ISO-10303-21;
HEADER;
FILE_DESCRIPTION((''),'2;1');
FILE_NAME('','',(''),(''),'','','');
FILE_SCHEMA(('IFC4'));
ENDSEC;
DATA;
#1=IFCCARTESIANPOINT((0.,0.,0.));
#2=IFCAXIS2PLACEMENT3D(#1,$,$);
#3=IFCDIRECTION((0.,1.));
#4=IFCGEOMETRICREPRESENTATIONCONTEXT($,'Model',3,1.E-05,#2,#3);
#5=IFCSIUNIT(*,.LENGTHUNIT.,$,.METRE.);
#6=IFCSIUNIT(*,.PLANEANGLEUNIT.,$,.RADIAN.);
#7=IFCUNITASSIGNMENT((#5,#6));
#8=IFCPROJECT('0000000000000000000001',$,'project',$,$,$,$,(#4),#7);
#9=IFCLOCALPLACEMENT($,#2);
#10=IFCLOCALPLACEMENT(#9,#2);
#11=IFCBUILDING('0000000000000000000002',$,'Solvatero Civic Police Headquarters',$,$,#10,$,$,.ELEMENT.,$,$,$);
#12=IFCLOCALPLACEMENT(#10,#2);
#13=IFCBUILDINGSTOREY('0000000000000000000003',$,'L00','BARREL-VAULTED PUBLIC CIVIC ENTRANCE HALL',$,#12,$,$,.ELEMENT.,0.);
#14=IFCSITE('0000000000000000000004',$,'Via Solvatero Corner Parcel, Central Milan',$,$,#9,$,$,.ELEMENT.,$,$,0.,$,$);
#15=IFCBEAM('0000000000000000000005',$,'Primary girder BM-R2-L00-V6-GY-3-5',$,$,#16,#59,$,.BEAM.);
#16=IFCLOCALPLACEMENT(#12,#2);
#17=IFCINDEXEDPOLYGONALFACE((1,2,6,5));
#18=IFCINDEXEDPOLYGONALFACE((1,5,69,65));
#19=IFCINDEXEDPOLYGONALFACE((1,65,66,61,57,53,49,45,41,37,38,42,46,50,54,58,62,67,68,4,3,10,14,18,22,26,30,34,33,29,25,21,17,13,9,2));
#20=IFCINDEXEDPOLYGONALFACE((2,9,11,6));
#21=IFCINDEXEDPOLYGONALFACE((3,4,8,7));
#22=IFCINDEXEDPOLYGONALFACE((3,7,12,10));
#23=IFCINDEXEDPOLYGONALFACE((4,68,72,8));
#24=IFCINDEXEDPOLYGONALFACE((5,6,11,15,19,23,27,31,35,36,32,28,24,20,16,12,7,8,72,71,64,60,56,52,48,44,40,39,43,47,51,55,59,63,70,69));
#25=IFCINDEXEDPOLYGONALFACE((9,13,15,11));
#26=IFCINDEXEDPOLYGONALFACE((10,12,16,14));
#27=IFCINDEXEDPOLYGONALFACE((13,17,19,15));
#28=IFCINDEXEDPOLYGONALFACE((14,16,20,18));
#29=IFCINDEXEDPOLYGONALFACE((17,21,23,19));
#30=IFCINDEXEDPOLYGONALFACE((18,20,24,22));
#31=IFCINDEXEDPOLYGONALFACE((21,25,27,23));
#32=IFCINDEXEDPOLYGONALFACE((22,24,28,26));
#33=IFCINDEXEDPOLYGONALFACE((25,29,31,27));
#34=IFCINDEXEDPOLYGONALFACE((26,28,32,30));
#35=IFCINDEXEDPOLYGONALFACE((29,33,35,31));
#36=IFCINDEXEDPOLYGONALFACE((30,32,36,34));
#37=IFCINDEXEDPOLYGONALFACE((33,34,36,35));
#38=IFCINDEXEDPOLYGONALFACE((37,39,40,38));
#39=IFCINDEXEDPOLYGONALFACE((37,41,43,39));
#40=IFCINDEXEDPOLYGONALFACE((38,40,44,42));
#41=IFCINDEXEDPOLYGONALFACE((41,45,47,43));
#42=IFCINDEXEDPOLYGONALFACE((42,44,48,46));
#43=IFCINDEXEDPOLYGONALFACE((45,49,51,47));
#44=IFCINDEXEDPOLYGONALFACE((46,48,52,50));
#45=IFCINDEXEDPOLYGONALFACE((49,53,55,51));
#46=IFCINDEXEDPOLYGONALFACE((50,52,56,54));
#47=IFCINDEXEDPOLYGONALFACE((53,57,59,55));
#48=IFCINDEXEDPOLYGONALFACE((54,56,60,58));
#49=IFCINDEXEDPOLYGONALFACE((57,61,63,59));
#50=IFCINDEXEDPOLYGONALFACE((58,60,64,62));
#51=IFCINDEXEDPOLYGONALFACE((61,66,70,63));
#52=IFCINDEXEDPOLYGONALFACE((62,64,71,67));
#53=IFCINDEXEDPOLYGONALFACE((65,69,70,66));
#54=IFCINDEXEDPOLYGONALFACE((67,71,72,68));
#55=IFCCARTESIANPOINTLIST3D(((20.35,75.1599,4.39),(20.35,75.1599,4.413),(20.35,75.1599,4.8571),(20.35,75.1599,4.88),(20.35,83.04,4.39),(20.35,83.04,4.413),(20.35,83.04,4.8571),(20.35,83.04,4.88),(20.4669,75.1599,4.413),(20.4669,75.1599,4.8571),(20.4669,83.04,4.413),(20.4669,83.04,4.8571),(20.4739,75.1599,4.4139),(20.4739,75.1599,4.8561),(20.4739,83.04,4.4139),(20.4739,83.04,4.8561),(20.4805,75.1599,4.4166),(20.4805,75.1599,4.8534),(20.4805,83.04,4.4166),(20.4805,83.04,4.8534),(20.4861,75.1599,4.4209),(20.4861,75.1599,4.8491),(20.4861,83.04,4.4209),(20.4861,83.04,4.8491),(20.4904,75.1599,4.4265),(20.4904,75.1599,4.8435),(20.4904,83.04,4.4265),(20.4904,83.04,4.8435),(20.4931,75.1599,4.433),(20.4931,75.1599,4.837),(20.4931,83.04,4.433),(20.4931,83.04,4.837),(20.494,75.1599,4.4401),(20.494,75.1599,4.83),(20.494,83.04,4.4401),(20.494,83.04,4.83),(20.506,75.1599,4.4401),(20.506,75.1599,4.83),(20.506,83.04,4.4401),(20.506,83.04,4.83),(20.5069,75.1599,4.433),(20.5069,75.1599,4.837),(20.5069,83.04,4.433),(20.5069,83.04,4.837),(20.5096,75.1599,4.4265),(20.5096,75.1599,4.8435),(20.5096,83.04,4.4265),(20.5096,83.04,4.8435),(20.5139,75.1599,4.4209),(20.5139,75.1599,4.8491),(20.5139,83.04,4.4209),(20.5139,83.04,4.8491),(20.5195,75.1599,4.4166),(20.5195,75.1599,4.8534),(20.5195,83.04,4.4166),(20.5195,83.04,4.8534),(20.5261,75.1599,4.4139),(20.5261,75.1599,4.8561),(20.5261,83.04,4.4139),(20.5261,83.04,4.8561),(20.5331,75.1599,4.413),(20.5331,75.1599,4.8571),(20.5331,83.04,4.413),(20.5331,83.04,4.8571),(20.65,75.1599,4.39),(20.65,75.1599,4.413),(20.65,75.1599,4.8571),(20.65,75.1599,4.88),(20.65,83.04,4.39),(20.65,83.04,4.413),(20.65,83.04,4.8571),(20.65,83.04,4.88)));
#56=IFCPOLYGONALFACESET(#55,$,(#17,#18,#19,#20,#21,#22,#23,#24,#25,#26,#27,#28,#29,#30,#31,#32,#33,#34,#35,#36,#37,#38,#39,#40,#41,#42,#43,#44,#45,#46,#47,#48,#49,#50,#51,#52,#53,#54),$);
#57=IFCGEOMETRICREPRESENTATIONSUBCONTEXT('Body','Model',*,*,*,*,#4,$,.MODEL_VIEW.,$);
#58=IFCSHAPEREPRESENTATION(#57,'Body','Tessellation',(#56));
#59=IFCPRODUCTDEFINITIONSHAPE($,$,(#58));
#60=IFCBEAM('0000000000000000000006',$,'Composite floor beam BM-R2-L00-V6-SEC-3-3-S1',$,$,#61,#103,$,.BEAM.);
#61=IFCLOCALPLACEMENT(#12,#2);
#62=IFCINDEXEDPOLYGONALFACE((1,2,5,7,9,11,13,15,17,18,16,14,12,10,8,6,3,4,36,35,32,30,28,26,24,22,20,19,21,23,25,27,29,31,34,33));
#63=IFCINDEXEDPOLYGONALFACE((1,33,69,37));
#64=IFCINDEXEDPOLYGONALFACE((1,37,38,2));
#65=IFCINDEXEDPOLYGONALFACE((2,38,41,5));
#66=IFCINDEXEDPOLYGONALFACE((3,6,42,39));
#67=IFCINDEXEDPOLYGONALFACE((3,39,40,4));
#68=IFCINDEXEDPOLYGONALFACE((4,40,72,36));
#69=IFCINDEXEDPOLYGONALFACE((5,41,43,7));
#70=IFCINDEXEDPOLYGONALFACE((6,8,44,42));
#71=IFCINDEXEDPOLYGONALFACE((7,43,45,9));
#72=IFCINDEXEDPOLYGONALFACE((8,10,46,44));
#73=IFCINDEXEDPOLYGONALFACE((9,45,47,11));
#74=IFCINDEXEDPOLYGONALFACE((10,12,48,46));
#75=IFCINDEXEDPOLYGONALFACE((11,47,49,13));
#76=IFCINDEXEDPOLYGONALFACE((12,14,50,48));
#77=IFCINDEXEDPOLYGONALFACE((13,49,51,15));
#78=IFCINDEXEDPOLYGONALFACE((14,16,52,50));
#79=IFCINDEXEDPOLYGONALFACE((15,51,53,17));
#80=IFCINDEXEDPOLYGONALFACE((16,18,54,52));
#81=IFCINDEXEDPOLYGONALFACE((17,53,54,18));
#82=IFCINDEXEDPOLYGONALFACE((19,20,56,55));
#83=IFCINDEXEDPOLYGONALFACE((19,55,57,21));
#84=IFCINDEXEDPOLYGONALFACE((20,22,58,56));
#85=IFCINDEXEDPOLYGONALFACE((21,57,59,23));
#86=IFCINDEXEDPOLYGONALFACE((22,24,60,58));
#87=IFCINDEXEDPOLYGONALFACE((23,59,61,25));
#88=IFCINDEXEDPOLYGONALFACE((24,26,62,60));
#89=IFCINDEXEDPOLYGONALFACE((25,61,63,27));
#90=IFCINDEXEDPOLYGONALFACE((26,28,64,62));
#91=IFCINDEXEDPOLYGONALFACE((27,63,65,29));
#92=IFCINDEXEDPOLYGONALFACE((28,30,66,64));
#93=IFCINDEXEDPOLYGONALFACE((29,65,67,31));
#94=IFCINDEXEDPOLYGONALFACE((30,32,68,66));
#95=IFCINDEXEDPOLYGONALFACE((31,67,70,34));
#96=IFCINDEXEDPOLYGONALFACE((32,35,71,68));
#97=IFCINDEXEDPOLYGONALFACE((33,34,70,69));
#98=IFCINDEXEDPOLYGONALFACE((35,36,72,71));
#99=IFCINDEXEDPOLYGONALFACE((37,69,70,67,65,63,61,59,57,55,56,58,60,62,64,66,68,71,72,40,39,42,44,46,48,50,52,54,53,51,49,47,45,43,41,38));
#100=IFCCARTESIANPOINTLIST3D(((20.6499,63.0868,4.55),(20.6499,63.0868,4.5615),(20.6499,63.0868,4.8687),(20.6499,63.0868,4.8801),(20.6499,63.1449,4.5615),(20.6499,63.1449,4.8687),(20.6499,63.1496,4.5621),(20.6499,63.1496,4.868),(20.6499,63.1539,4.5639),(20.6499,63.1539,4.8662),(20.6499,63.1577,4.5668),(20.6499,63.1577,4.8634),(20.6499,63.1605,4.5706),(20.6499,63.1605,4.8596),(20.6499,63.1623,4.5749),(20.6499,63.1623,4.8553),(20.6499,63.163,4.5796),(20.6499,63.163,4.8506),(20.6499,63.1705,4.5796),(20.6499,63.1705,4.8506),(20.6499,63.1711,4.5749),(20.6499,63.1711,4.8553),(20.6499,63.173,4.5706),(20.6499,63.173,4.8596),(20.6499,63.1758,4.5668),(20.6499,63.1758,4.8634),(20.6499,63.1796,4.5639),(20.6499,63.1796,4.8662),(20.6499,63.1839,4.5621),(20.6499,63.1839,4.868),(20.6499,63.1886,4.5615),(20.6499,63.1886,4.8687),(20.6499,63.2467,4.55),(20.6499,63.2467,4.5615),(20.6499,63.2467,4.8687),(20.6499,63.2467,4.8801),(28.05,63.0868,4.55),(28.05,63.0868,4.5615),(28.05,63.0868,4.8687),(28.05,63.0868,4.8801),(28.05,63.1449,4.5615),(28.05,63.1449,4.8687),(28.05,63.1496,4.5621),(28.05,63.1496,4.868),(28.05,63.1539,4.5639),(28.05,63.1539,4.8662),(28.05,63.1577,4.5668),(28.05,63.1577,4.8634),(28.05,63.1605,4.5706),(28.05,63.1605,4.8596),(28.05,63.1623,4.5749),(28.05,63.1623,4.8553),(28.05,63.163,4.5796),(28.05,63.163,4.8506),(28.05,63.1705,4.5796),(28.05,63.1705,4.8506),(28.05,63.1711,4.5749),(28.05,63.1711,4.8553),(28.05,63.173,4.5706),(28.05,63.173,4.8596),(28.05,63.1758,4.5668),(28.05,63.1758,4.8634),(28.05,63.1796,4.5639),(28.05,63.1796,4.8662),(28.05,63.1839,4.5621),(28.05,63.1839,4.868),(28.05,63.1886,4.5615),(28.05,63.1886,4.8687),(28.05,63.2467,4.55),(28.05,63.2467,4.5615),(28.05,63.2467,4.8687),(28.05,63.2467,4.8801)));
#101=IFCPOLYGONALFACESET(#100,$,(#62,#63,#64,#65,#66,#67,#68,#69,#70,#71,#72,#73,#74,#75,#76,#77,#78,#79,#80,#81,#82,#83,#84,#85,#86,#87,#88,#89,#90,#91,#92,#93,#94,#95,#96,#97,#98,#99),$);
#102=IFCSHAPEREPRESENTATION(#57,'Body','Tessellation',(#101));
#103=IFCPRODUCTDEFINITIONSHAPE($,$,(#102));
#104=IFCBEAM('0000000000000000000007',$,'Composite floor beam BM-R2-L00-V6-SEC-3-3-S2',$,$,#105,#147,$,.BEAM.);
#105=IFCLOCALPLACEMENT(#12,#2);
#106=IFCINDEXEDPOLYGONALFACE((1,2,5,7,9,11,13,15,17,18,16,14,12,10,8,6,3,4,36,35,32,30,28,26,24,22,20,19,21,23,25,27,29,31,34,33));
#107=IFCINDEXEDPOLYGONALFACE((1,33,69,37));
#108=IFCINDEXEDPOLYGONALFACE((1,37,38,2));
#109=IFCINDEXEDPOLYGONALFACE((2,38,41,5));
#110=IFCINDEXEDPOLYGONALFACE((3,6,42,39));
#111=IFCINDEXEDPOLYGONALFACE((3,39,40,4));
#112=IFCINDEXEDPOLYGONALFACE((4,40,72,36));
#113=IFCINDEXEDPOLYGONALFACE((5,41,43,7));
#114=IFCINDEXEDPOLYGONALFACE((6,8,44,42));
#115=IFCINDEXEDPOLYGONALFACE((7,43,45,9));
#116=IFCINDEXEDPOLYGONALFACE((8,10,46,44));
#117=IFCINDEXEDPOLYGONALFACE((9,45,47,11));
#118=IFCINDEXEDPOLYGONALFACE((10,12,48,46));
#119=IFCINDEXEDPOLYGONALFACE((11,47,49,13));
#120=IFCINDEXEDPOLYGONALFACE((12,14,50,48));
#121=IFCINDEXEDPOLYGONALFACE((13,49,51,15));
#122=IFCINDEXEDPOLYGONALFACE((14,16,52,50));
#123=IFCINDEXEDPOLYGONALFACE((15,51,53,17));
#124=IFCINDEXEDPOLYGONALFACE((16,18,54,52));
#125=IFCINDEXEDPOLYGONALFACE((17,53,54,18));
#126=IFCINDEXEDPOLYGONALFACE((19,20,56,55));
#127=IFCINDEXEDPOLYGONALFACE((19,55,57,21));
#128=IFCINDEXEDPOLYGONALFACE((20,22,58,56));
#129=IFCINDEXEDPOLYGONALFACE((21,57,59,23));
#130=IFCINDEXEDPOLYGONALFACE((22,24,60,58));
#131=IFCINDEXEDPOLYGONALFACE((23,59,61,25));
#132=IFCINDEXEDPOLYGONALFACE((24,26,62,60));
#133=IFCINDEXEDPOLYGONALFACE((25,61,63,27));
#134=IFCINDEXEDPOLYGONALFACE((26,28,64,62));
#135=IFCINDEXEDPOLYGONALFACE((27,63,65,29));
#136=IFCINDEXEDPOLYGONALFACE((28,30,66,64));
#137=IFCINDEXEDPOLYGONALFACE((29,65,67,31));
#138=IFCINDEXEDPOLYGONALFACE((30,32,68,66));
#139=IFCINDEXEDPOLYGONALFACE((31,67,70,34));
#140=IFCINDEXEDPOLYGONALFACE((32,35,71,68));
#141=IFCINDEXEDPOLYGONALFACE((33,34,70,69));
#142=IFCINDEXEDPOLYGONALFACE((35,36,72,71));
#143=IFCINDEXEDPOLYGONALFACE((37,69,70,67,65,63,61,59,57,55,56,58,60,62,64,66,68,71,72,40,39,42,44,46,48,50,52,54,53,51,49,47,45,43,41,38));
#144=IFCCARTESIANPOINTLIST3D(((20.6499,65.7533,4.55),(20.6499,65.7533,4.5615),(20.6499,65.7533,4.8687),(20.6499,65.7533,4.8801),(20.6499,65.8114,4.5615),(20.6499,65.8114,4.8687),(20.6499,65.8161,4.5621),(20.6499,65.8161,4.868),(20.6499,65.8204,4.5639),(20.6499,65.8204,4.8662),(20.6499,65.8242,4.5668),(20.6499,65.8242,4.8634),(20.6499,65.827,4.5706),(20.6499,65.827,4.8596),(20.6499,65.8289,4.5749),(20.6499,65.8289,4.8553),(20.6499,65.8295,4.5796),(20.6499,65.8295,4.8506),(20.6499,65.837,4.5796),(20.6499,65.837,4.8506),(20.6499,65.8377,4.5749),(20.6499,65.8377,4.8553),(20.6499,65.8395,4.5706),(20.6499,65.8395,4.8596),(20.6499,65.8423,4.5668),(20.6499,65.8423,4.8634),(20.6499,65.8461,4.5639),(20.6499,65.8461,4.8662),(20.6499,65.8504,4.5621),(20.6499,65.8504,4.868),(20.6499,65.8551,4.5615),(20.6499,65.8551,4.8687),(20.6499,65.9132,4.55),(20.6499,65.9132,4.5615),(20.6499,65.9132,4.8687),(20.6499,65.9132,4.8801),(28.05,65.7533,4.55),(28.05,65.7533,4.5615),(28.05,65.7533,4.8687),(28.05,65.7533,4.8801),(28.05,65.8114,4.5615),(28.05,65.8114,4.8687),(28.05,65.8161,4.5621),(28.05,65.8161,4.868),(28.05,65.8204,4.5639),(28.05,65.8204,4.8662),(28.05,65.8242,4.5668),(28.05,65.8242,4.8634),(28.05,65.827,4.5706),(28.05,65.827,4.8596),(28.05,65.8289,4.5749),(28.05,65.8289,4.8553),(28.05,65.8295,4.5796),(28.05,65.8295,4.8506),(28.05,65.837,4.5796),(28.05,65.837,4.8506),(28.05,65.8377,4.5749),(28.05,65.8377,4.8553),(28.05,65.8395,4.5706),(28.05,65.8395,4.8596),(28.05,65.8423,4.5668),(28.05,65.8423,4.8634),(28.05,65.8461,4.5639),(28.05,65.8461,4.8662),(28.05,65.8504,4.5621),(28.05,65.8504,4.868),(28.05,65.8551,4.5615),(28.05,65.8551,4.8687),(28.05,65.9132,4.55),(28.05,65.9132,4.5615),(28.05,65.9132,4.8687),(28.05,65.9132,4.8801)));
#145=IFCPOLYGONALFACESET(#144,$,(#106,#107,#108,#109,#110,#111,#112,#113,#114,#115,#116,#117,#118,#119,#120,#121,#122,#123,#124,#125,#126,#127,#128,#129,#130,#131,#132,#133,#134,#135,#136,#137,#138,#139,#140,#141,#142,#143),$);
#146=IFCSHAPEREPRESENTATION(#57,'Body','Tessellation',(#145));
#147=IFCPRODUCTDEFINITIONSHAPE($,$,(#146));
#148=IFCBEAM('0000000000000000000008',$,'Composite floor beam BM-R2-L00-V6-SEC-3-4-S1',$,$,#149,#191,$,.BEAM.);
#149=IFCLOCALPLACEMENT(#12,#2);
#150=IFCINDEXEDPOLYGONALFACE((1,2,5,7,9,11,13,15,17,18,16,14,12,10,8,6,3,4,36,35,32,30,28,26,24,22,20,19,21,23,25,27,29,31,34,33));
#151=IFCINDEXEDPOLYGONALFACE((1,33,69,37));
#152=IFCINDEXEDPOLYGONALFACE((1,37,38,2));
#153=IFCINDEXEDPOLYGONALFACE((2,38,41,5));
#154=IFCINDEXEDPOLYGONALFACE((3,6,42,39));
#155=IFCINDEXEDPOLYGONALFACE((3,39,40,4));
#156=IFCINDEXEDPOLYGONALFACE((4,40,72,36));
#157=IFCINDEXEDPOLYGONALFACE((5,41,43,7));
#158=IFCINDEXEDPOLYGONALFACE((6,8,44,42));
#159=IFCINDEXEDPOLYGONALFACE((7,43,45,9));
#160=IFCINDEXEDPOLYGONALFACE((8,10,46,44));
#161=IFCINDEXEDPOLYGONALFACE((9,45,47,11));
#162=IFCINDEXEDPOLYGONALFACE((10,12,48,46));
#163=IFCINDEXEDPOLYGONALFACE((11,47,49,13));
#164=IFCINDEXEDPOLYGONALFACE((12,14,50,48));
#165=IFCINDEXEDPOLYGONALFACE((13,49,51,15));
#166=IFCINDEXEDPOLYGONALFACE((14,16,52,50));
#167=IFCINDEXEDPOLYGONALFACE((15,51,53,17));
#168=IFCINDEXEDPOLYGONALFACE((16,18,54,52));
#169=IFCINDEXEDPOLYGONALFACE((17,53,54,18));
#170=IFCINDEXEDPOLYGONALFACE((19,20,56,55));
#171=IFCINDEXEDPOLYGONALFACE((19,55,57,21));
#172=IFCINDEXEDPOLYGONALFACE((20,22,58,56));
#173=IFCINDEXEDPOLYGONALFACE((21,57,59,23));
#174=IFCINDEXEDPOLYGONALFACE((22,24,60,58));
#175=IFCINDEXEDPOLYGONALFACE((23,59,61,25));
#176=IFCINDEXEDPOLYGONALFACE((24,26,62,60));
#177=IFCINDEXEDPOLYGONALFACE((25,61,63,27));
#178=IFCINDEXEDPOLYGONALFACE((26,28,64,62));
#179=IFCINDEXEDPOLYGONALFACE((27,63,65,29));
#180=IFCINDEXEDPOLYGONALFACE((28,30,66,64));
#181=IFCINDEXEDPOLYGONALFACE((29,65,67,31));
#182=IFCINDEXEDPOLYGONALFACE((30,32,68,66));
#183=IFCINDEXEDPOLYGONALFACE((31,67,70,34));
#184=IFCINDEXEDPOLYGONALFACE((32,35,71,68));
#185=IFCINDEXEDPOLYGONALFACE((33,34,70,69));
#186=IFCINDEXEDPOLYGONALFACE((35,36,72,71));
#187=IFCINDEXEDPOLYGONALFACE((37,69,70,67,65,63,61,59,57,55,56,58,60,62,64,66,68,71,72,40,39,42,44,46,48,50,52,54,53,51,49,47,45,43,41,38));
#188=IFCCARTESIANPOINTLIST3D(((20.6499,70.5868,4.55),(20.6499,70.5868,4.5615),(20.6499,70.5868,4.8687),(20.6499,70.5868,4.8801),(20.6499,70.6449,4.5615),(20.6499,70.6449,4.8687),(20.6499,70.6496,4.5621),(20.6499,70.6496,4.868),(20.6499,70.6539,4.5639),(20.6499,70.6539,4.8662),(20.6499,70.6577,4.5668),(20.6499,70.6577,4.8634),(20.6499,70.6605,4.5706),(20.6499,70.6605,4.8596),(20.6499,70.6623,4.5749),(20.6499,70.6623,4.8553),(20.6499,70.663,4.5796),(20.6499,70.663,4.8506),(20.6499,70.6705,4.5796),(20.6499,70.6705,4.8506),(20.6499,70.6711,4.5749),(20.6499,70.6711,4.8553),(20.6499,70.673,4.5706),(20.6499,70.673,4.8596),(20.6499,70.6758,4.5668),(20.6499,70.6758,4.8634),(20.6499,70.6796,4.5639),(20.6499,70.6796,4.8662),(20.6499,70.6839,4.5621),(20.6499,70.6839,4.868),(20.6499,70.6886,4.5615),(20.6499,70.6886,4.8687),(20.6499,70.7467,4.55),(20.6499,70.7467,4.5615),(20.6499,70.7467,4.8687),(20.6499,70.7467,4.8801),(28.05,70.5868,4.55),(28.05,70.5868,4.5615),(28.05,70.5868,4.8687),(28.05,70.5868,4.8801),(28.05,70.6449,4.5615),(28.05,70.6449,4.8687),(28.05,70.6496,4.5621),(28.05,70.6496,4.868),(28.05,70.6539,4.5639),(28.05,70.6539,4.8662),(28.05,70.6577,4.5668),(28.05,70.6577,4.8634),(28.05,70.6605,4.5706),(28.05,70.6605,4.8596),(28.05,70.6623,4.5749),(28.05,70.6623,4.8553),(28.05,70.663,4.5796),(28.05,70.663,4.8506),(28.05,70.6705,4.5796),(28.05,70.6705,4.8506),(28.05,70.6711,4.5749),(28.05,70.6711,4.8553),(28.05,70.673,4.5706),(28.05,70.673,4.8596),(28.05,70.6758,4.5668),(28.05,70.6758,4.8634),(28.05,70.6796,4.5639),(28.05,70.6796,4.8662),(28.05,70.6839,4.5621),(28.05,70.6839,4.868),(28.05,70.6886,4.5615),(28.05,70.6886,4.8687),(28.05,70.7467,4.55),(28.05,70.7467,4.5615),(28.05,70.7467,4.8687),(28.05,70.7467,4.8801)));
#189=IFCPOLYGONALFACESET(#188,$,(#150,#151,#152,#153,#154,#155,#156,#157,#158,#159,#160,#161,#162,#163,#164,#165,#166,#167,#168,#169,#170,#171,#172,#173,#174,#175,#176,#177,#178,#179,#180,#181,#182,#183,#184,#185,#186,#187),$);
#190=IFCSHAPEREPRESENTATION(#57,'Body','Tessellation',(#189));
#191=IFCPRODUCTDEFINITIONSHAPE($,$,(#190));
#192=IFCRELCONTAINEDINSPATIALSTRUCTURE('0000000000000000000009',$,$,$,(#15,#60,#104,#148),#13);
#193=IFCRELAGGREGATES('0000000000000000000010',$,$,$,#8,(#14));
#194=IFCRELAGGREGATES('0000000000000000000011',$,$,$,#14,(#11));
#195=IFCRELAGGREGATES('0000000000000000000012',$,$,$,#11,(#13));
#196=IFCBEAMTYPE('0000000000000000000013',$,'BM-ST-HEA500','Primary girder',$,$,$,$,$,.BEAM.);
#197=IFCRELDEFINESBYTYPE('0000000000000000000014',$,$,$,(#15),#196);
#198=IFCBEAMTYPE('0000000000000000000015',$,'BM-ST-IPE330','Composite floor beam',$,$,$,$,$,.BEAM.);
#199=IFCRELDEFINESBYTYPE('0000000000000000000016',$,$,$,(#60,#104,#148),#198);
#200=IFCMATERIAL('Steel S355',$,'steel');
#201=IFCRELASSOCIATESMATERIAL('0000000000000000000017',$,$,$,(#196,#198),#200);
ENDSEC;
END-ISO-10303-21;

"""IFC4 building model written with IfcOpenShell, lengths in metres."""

from ifc_helpers import new_model, si_unit, direction, frame, origin, origin_2d, place, context, subcontext, project, spatial, i_section, extrude, material, material_profile, profile_set, type_object, element, save


model = new_model("IFC4")

# Units and contexts
model_context = context("Model", 3, precision=1e-05, world=origin(), true_north=direction((0.0, 1.0)))
body_context = subcontext(model_context, "Body", "Model", "MODEL_VIEW")
ifc_project = project(units=[si_unit("LENGTHUNIT", "METRE"), si_unit("PLANEANGLEUNIT", "RADIAN")], contexts=[model_context])

# Site, building, storey
site_placement = place(None, origin())
site = spatial("IfcSite", under=ifc_project, at=site_placement, Name="Via Solvatero Corner Parcel, Central Milan", CompositionType="ELEMENT", RefElevation=0.0)
building_placement = place(site_placement, origin())
building = spatial("IfcBuilding", under=site, at=building_placement, Name="Solvatero Civic Police Headquarters", CompositionType="ELEMENT")
storey_placement = place(building_placement, origin())
storey = spatial("IfcBuildingStorey", under=building, at=storey_placement, Name="L00", Description="BARREL-VAULTED PUBLIC CIVIC ENTRANCE HALL", CompositionType="ELEMENT", Elevation=0.0)

# Beams
ifc_material_1 = material(Name="Steel S355", Category="steel")
ifc_material_profile_1 = material_profile(ifc_material_1, i_section(OverallWidth=0.3, OverallDepth=0.49, WebThickness=0.012, FlangeThickness=0.0229, FilletRadius=0.0271, at=origin_2d()), Name="HEA 500")
ifc_profile_set_1 = profile_set([ifc_material_profile_1], Name="Steel S355")
beam_type_1 = type_object("IfcBeamType", Name="BM-ST-HEA500", Description="Primary girder", PredefinedType="BEAM", material=ifc_profile_set_1)
beam_1_placement = place(storey_placement, frame((20.5, 75.1599, 4.635), z_axis=(0.0, 1.0, 0.0), x_axis=(-1.0, 0.0, 0.0)))
element("IfcBeam", 1, at=beam_1_placement, inside=storey, type_object=beam_type_1, Name="Primary girder BM-R2-L00-V6-GY-3-5", PredefinedType="BEAM", context=body_context, shape_type="SweptSolid", body=[
    extrude(i_section(OverallWidth=0.3, OverallDepth=0.49, WebThickness=0.012, FlangeThickness=0.0229, FilletRadius=0.0271, at=origin_2d()), origin(), (0.0, 0.0, 1.0), 7.8801),
])
ifc_material_profile_2 = material_profile(ifc_material_1, i_section(OverallWidth=0.1599, OverallDepth=0.3301, WebThickness=0.0076, FlangeThickness=0.0115, FilletRadius=0.0181, at=origin_2d()), Name="IPE 330")
ifc_profile_set_2 = profile_set([ifc_material_profile_2], Name="Steel S355")
beam_type_2 = type_object("IfcBeamType", Name="BM-ST-IPE330", Description="Composite floor beam", PredefinedType="BEAM", material=ifc_profile_set_2)
for number, where, z_axis, x_axis, name in (
    (2, (20.6499, 63.1667, 4.7151), (1.0, 0.0, 0.0), (0.0, 1.0, 0.0), "Composite floor beam BM-R2-L00-V6-SEC-3-3-S1"),
    (3, (20.6499, 65.8333, 4.7151), (1.0, 0.0, 0.0), (0.0, 1.0, 0.0), "Composite floor beam BM-R2-L00-V6-SEC-3-3-S2"),
    (4, (20.6499, 70.6667, 4.7151), (1.0, 0.0, 0.0), (0.0, 1.0, 0.0), "Composite floor beam BM-R2-L00-V6-SEC-3-4-S1"),
):
    element("IfcBeam", number, at=place(storey_placement, frame(where, z_axis=z_axis, x_axis=x_axis)), inside=storey, type_object=beam_type_2, Name=name, PredefinedType="BEAM", context=body_context, shape_type="SweptSolid", body=[
        extrude(i_section(OverallWidth=0.1599, OverallDepth=0.3301, WebThickness=0.0076, FlangeThickness=0.0115, FilletRadius=0.0181, at=origin_2d()), origin(), (0.0, 0.0, 1.0), 7.4001),
    ])

save(model, "model.ifc")
